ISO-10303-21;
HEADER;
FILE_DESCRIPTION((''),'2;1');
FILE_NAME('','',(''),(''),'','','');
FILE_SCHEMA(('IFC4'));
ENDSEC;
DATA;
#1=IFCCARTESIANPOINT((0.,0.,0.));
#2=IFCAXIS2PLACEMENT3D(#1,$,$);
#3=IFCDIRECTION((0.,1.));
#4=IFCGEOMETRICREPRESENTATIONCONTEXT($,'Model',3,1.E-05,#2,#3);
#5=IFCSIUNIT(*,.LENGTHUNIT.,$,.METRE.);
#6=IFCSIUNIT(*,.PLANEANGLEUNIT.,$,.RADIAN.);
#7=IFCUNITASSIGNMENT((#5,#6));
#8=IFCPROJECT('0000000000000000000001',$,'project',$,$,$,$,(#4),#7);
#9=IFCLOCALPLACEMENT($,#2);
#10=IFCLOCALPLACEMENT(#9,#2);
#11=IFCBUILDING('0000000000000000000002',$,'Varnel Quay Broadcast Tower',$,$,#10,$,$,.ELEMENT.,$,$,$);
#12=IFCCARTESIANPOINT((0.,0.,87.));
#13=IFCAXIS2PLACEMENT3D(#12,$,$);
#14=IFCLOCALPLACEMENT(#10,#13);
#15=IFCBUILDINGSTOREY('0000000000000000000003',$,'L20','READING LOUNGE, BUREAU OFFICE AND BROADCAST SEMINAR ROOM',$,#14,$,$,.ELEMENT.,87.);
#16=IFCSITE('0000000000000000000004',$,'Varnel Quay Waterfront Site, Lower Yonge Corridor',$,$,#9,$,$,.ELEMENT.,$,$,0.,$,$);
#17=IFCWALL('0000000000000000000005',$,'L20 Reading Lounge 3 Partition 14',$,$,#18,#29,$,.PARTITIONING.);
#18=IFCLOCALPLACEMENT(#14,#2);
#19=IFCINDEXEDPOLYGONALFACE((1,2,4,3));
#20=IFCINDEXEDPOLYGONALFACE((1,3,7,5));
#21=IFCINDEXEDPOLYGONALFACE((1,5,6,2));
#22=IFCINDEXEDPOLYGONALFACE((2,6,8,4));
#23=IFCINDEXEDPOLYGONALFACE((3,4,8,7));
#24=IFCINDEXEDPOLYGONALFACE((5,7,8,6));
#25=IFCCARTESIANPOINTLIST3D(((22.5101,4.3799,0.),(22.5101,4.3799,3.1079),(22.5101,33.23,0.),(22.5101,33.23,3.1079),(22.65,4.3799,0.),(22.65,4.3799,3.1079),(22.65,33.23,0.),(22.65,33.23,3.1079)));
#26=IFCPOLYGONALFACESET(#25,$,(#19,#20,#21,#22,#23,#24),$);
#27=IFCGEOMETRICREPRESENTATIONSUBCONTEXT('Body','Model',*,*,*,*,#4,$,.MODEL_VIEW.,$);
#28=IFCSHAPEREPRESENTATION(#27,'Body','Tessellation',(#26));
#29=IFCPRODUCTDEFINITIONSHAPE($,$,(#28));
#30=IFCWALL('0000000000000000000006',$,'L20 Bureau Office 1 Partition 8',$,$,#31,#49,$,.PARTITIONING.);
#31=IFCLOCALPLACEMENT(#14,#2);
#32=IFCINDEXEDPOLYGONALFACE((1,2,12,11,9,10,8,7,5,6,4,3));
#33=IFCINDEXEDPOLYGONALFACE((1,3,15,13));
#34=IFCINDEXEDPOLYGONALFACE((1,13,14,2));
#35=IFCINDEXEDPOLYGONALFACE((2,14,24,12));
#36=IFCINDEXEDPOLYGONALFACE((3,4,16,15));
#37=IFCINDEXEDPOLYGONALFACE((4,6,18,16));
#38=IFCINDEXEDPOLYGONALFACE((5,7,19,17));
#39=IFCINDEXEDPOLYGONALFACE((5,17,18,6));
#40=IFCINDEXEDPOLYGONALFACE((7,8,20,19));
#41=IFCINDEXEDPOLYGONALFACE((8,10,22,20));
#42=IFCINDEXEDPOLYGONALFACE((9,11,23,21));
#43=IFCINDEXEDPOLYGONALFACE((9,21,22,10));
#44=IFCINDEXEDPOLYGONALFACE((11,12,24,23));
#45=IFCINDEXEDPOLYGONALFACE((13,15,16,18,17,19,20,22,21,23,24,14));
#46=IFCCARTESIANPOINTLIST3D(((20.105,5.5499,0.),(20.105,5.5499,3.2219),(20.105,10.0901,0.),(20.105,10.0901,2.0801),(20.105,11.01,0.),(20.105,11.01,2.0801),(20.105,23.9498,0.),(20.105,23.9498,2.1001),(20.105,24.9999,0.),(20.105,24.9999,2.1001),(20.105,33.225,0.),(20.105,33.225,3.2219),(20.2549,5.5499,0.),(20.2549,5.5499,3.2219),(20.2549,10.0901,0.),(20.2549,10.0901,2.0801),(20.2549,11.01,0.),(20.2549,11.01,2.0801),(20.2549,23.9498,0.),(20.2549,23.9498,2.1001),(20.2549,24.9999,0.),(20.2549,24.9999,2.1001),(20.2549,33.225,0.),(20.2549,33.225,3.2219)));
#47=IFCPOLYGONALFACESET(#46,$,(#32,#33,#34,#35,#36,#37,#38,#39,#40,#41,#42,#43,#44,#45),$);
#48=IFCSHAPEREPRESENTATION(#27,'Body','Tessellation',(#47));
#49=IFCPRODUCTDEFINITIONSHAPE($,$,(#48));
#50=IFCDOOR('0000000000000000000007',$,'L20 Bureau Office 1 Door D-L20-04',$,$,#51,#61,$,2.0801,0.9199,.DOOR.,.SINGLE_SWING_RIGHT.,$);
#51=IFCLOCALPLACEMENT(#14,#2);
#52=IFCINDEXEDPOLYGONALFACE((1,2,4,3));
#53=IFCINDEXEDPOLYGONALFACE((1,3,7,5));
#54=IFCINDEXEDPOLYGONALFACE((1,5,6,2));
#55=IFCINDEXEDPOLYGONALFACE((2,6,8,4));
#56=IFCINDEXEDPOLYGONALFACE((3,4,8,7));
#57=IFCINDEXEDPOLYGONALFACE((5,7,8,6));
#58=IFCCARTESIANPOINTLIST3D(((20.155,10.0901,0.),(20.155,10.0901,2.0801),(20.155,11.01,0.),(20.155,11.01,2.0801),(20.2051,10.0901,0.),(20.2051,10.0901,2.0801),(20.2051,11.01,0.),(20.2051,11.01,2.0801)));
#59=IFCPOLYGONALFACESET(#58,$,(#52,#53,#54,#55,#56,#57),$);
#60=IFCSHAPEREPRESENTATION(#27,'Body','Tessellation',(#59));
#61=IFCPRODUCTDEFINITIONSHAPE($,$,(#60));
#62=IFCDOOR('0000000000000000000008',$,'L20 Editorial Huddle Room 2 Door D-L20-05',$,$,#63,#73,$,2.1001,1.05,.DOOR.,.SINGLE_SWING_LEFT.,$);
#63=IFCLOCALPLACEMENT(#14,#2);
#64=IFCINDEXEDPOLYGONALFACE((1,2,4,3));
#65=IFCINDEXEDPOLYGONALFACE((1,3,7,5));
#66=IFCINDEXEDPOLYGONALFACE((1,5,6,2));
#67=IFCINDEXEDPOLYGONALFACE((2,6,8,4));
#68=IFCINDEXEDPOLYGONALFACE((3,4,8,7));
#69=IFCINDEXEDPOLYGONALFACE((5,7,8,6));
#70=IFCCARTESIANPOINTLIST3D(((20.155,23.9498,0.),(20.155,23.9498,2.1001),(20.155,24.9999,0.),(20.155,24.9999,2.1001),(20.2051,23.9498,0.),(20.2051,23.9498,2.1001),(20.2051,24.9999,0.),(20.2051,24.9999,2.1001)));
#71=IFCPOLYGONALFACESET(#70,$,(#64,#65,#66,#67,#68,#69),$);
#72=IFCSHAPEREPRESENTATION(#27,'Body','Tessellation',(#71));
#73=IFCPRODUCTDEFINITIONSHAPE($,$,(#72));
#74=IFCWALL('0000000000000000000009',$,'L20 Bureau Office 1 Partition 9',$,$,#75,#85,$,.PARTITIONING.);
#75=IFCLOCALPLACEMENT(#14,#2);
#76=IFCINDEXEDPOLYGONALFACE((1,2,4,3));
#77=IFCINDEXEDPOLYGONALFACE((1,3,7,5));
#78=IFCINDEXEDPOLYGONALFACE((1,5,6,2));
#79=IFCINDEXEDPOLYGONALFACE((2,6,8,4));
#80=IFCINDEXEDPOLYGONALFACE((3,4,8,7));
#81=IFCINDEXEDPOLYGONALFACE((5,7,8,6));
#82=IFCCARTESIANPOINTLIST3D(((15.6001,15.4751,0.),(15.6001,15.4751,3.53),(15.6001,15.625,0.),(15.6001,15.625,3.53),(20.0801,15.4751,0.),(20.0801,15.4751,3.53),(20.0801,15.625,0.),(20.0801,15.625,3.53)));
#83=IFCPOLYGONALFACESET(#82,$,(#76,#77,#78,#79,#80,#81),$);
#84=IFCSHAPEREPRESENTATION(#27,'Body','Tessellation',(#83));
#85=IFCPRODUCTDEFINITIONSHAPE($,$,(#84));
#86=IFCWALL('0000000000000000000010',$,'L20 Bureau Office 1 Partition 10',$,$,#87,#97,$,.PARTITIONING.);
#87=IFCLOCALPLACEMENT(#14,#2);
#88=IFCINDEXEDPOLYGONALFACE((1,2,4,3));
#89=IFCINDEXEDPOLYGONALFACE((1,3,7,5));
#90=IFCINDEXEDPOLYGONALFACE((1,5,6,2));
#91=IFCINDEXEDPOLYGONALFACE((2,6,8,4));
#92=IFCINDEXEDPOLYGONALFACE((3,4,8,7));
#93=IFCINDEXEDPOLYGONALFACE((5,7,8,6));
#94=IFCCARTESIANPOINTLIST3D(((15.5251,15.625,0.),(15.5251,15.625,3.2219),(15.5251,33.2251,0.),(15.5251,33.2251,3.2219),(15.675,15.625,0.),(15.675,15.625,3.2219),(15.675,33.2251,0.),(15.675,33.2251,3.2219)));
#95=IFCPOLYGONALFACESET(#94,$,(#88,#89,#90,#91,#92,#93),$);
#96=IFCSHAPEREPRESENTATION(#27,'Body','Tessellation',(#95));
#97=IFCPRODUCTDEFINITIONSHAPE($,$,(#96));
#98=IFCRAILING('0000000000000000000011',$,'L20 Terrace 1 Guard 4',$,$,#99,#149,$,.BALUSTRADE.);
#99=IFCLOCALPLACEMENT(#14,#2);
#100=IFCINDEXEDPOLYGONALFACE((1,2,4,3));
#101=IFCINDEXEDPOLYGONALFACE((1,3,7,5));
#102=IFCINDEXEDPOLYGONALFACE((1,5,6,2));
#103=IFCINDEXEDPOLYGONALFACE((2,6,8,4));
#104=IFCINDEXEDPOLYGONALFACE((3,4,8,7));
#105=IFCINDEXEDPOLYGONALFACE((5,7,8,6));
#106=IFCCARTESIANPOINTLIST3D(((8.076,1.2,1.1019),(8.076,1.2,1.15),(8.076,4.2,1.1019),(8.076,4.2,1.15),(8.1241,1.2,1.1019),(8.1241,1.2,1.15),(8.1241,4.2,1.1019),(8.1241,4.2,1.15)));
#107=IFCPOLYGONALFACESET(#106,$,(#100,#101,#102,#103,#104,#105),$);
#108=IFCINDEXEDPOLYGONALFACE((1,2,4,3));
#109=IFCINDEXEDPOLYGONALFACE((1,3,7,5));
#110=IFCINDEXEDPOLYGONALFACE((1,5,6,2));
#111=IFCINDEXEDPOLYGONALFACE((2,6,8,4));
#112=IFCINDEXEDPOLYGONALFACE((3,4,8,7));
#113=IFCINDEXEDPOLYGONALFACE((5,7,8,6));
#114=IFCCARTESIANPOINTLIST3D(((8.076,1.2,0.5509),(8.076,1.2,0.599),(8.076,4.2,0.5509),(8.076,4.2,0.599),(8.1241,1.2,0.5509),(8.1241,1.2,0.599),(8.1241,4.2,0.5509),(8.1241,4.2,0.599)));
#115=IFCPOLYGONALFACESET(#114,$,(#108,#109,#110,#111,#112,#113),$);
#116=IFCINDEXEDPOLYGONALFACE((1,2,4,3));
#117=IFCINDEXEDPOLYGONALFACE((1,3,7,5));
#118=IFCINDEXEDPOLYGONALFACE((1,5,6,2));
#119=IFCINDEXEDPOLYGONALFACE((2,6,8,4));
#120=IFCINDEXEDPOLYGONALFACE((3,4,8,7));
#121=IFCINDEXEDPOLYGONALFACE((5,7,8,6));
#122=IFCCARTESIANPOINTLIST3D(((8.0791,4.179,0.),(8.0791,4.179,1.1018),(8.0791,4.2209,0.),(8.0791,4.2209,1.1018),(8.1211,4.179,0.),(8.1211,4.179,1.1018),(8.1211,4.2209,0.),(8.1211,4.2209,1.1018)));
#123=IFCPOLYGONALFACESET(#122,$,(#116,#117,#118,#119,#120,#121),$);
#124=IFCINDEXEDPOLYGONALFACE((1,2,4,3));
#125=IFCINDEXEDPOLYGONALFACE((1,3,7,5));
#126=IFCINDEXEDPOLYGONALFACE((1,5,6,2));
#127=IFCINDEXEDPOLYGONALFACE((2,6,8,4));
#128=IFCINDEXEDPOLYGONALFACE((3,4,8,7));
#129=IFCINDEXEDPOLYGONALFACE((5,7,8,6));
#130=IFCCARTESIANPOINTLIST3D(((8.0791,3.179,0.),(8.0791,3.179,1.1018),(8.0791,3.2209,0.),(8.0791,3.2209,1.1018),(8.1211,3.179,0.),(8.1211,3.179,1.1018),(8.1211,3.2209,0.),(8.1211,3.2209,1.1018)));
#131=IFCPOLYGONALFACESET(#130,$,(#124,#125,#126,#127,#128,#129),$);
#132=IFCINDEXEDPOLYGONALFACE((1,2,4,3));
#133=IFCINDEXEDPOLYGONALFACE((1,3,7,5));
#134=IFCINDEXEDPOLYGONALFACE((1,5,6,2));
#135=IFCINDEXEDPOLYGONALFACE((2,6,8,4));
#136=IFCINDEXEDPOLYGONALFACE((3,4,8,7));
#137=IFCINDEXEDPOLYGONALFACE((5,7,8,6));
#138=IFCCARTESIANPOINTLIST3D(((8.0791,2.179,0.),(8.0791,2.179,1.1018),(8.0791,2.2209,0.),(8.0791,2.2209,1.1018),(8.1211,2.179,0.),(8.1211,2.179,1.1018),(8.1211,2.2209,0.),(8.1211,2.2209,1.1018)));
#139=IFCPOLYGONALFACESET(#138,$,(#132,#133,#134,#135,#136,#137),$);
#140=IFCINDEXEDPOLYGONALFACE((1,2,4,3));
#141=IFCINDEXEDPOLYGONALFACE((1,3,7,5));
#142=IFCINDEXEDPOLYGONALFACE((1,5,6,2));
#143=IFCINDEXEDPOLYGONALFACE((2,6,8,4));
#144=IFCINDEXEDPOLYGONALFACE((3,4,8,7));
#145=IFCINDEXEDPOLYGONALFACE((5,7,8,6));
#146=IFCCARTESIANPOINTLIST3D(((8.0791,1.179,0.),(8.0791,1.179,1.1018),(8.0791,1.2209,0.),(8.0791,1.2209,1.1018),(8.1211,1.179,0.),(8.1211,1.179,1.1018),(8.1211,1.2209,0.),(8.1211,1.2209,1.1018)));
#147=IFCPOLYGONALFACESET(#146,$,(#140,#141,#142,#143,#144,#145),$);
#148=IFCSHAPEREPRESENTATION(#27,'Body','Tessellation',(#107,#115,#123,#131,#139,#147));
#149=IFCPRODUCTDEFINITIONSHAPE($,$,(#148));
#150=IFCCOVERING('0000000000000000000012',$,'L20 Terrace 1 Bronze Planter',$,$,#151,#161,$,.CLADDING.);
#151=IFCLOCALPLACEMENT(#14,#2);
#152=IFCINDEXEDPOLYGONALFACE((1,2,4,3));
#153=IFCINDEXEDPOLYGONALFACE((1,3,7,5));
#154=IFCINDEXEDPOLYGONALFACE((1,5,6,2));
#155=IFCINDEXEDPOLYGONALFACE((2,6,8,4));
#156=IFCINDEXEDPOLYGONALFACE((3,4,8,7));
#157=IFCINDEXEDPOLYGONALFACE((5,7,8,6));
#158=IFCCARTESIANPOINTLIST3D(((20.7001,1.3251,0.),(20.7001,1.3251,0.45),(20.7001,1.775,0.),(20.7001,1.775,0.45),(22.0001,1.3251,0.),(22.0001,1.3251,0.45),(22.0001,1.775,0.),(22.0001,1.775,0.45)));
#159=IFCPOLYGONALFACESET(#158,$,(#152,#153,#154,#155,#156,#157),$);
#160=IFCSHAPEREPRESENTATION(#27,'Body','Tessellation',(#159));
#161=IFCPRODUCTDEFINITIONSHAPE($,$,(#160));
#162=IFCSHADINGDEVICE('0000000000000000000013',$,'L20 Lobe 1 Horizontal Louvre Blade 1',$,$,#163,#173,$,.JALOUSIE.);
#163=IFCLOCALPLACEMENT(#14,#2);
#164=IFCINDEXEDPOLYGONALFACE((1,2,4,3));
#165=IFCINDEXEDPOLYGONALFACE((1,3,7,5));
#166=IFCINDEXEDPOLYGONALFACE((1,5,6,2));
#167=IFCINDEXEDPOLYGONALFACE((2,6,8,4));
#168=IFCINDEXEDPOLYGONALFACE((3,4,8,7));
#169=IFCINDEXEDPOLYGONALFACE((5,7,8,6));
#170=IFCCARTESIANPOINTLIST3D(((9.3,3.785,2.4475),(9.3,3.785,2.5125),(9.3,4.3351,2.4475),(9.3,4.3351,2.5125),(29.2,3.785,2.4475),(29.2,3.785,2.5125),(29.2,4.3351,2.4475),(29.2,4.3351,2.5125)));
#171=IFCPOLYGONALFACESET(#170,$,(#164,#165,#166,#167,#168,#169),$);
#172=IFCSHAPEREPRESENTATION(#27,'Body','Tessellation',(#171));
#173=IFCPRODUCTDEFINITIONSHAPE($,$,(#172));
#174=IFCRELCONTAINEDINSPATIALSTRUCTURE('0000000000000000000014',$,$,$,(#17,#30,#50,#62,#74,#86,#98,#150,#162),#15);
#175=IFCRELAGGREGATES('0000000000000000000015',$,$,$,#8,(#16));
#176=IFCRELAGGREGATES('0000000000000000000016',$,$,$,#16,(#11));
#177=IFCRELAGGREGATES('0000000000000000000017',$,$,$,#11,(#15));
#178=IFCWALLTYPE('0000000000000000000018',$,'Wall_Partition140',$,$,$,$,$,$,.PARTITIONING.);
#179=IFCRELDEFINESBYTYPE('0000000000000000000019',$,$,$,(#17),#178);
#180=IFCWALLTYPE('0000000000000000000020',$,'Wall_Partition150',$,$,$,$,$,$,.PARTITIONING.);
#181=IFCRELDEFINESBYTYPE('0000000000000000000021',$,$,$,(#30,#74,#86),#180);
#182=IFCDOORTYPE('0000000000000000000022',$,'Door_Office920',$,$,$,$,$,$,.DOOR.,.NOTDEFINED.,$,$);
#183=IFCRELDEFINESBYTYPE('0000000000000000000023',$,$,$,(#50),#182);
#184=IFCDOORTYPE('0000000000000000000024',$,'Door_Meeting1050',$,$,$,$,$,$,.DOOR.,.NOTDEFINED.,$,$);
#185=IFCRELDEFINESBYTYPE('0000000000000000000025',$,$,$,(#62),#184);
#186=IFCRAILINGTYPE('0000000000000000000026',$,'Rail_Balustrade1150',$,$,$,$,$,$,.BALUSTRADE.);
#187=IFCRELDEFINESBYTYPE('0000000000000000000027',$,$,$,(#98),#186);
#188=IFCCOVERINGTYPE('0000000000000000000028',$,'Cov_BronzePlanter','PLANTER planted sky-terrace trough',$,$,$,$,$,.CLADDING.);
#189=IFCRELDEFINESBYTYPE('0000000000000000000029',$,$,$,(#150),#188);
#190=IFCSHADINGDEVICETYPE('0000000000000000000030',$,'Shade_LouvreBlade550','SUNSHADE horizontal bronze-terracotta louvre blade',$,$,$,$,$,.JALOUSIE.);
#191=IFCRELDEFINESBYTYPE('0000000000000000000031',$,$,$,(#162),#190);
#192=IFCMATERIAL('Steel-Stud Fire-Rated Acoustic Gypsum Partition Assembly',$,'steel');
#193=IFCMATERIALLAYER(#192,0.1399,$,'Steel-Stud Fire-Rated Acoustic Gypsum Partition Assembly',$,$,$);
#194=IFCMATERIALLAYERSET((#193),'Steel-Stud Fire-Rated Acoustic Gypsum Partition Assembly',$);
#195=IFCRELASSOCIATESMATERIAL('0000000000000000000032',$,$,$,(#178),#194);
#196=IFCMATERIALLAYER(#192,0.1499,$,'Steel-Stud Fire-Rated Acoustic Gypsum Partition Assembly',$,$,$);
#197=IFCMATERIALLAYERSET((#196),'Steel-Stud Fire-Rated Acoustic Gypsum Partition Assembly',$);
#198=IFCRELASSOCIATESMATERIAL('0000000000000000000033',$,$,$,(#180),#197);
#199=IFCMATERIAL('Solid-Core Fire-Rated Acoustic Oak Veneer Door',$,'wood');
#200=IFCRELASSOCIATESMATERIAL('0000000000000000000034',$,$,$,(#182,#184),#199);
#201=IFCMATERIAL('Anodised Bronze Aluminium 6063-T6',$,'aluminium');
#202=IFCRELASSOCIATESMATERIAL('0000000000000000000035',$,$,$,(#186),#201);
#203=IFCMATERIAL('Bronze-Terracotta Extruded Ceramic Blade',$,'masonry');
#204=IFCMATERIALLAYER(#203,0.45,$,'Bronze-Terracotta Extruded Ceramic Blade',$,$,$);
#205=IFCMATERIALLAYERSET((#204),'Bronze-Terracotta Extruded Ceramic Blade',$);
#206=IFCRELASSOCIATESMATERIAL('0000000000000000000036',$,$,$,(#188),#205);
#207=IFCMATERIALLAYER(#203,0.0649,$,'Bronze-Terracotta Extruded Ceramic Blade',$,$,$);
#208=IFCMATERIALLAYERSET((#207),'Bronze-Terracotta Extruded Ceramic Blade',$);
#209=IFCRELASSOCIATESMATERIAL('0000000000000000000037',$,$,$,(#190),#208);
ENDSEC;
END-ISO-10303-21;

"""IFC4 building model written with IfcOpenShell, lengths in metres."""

from ifc_helpers import new_model, si_unit, direction, frame, frame_2d, origin, origin_2d, place, context, subcontext, project, spatial, rectangle, extrude, source, transform, mapped, material, layer, layer_set, type_object, type_shapes, element, fill, save


model = new_model("IFC4")

# Units and contexts
model_context = context("Model", 3, precision=1e-05, world=origin(), true_north=direction((0.0, 1.0)))
body_context = subcontext(model_context, "Body", "Model", "MODEL_VIEW")
ifc_project = project(units=[si_unit("LENGTHUNIT", "METRE"), si_unit("PLANEANGLEUNIT", "RADIAN")], contexts=[model_context])

# Site, building, storey
site_placement = place(None, origin())
site = spatial("IfcSite", under=ifc_project, at=site_placement, Name="Varnel Quay Waterfront Site, Lower Yonge Corridor", CompositionType="ELEMENT", RefElevation=0.0)
building_placement = place(site_placement, origin())
building = spatial("IfcBuilding", under=site, at=building_placement, Name="Varnel Quay Broadcast Tower", CompositionType="ELEMENT")
storey_placement = place(building_placement, frame((0.0, 0.0, 87.0)))
storey = spatial("IfcBuildingStorey", under=building, at=storey_placement, Name="L20", Description="READING LOUNGE, BUREAU OFFICE AND BROADCAST SEMINAR ROOM", CompositionType="ELEMENT", Elevation=87.0)

# Shared definitions
ifc_material_1 = material(Name="Anodised Bronze Aluminium 6063-T6", Category="aluminium")

# Wall
ifc_material_2 = material(Name="Steel-Stud Fire-Rated Acoustic Gypsum Partition Assembly", Category="steel")
ifc_layer_1 = layer(ifc_material_2, 0.1399, Name="Steel-Stud Fire-Rated Acoustic Gypsum Partition Assembly")
ifc_layer_set_1 = layer_set([ifc_layer_1], Name="Steel-Stud Fire-Rated Acoustic Gypsum Partition Assembly")
wall_type_1 = type_object("IfcWallType", Name="Wall_Partition140", PredefinedType="PARTITIONING", material=ifc_layer_set_1)
wall_1_placement = place(storey_placement, frame((22.5801, 4.3799, 0.0), z_axis=(0.0, 0.0, 1.0), x_axis=(0.0, 1.0, 0.0)))
element("IfcWall", 1, at=wall_1_placement, inside=storey, type_object=wall_type_1, Name="L20 Reading Lounge 3 Partition 14", PredefinedType="PARTITIONING", context=body_context, shape_type="SweptSolid", body=[
    extrude(rectangle(XDim=28.8501, YDim=0.1399, at=frame_2d((14.425, 0.0))), origin(), (0.0, 0.0, 1.0), 3.1079),
])

# Wall, openings, doors
ifc_layer_2 = layer(ifc_material_2, 0.1499, Name="Steel-Stud Fire-Rated Acoustic Gypsum Partition Assembly")
ifc_layer_set_2 = layer_set([ifc_layer_2], Name="Steel-Stud Fire-Rated Acoustic Gypsum Partition Assembly")
wall_type_2 = type_object("IfcWallType", Name="Wall_Partition150", PredefinedType="PARTITIONING", material=ifc_layer_set_2)
wall_2_placement = place(storey_placement, frame((20.1799, 5.55, 0.0), z_axis=(0.0, 0.0, 1.0), x_axis=(0.0, 1.0, 0.0)))
wall_2 = element("IfcWall", 2, at=wall_2_placement, inside=storey, type_object=wall_type_2, Name="L20 Bureau Office 1 Partition 8", PredefinedType="PARTITIONING", context=body_context, shape_type="SweptSolid", body=[
    extrude(rectangle(XDim=27.675, YDim=0.1499, at=frame_2d((13.8374, 0.0))), origin(), (0.0, 0.0, 1.0), 3.2219),
])
opening_1_placement = place(wall_2_placement, frame((4.54, 0.0, 0.0)))
opening_1 = element("IfcOpeningElement", 3, at=opening_1_placement, cuts=wall_2, PredefinedType="OPENING", context=body_context, shape_type="SweptSolid", body=[
    extrude(rectangle(XDim=0.9199, YDim=2.0801, at=frame_2d((0.46, 1.04))), frame((0.0, 0.085, 0.0), z_axis=(0.0, -1.0, 0.0), x_axis=(1.0, 0.0, 0.0)), (0.0, 0.0, 1.0), 0.1699),
])
opening_2_placement = place(wall_2_placement, frame((18.3999, 0.0, 0.0)))
opening_2 = element("IfcOpeningElement", 4, at=opening_2_placement, cuts=wall_2, PredefinedType="OPENING", context=body_context, shape_type="SweptSolid", body=[
    extrude(rectangle(XDim=1.05, YDim=2.1001, at=frame_2d((0.5249, 1.05))), frame((0.0, 0.085, 0.0), z_axis=(0.0, -1.0, 0.0), x_axis=(1.0, 0.0, 0.0)), (0.0, 0.0, 1.0), 0.1699),
])
ifc_material_3 = material(Name="Solid-Core Fire-Rated Acoustic Oak Veneer Door", Category="wood")
door_type_1 = type_object("IfcDoorType", Name="Door_Office920", OperationType="NOTDEFINED", PredefinedType="DOOR", material=ifc_material_3)
shared_shape_1 = source(origin(), body_context, "Body", "SweptSolid", [
    extrude(rectangle(XDim=0.9199, YDim=2.0801, at=frame_2d((0.46, 1.04))), frame((0.0, 0.0249, 0.0), z_axis=(0.0, -1.0, 0.0), x_axis=(1.0, 0.0, 0.0)), (0.0, 0.0, 1.0), 0.05),
])
type_shapes(door_type_1, [shared_shape_1])
door_1_placement = place(opening_1_placement, origin())
door_1 = element("IfcDoor", 5, at=door_1_placement, inside=storey, type_object=door_type_1, Name="L20 Bureau Office 1 Door D-L20-04", OperationType="SINGLE_SWING_RIGHT", OverallHeight=2.0801, OverallWidth=0.9199, PredefinedType="DOOR", context=body_context, shape_type="MappedRepresentation", body=[
    mapped(shared_shape_1, transform((0.0, 0.0, 0.0), x_axis=(1.0, 0.0, 0.0), y_axis=(0.0, 1.0, 0.0), z_axis=(0.0, 0.0, 1.0), scale=1.0)),
])
fill(opening_1, door_1)
door_type_2 = type_object("IfcDoorType", Name="Door_Meeting1050", OperationType="NOTDEFINED", PredefinedType="DOOR", material=ifc_material_3)
shared_shape_2 = source(origin(), body_context, "Body", "SweptSolid", [
    extrude(rectangle(XDim=1.05, YDim=2.1001, at=frame_2d((0.5249, 1.05))), frame((0.0, 0.0249, 0.0), z_axis=(0.0, -1.0, 0.0), x_axis=(1.0, 0.0, 0.0)), (0.0, 0.0, 1.0), 0.05),
])
type_shapes(door_type_2, [shared_shape_2])
door_2_placement = place(opening_2_placement, origin())
door_2 = element("IfcDoor", 6, at=door_2_placement, inside=storey, type_object=door_type_2, Name="L20 Editorial Huddle Room 2 Door D-L20-05", OperationType="SINGLE_SWING_LEFT", OverallHeight=2.1001, OverallWidth=1.05, PredefinedType="DOOR", context=body_context, shape_type="MappedRepresentation", body=[
    mapped(shared_shape_2, transform((0.0, 0.0, 0.0), x_axis=(1.0, 0.0, 0.0), y_axis=(0.0, 1.0, 0.0), z_axis=(0.0, 0.0, 1.0), scale=1.0)),
])
fill(opening_2, door_2)

# Walls
wall_3_placement = place(storey_placement, frame((15.6001, 15.55, 0.0), z_axis=(0.0, 0.0, 1.0), x_axis=(1.0, 0.0, 0.0)))
element("IfcWall", 7, at=wall_3_placement, inside=storey, type_object=wall_type_2, Name="L20 Bureau Office 1 Partition 9", PredefinedType="PARTITIONING", context=body_context, shape_type="SweptSolid", body=[
    extrude(rectangle(XDim=4.48, YDim=0.1499, at=frame_2d((2.24, 0.0))), origin(), (0.0, 0.0, 1.0), 3.53),
])
wall_4_placement = place(storey_placement, frame((15.6001, 15.625, 0.0), z_axis=(0.0, 0.0, 1.0), x_axis=(0.0, 1.0, 0.0)))
element("IfcWall", 8, at=wall_4_placement, inside=storey, type_object=wall_type_2, Name="L20 Bureau Office 1 Partition 10", PredefinedType="PARTITIONING", context=body_context, shape_type="SweptSolid", body=[
    extrude(rectangle(XDim=17.6001, YDim=0.1499, at=frame_2d((8.8, 0.0))), origin(), (0.0, 0.0, 1.0), 3.2219),
])

# Railing
railing_type = type_object("IfcRailingType", Name="Rail_Balustrade1150", PredefinedType="BALUSTRADE", material=ifc_material_1)
railing_1_placement = place(storey_placement, frame((8.1001, 4.2, 0.0)))
element("IfcRailing", 9, at=railing_1_placement, inside=storey, type_object=railing_type, Name="L20 Terrace 1 Guard 4", PredefinedType="BALUSTRADE", context=body_context, shape_type="SweptSolid", body=[
    extrude(rectangle(XDim=0.0481, YDim=0.0481, at=origin_2d()), frame((0.0, 0.0, 1.126), z_axis=(0.0, -1.0, 0.0), x_axis=(1.0, 0.0, 0.0)), (0.0, 0.0, 1.0), 3.0),
    extrude(rectangle(XDim=0.0481, YDim=0.0481, at=origin_2d()), frame((0.0, 0.0, 0.575), z_axis=(0.0, -1.0, 0.0), x_axis=(1.0, 0.0, 0.0)), (0.0, 0.0, 1.0), 3.0),
    extrude(rectangle(XDim=0.042, YDim=0.042, at=origin_2d()), origin(), (0.0, 0.0, 1.0), 1.1018),
    extrude(rectangle(XDim=0.042, YDim=0.042, at=origin_2d()), frame((0.0, -1.0, 0.0)), (0.0, 0.0, 1.0), 1.1018),
    extrude(rectangle(XDim=0.042, YDim=0.042, at=origin_2d()), frame((0.0, -2.0, 0.0)), (0.0, 0.0, 1.0), 1.1018),
    extrude(rectangle(XDim=0.042, YDim=0.042, at=origin_2d()), frame((0.0, -3.0, 0.0)), (0.0, 0.0, 1.0), 1.1018),
])

# Covering
ifc_material_4 = material(Name="Bronze-Terracotta Extruded Ceramic Blade", Category="masonry")
ifc_layer_3 = layer(ifc_material_4, 0.45, Name="Bronze-Terracotta Extruded Ceramic Blade")
ifc_layer_set_3 = layer_set([ifc_layer_3], Name="Bronze-Terracotta Extruded Ceramic Blade")
covering_type = type_object("IfcCoveringType", Name="Cov_BronzePlanter", Description="PLANTER planted sky-terrace trough", PredefinedType="CLADDING", material=ifc_layer_set_3)
shared_shape_3 = source(origin(), body_context, "Body", "SweptSolid", [
    extrude(rectangle(XDim=1.3, YDim=0.45, at=origin_2d()), origin(), (0.0, 0.0, 1.0), 0.45),
])
type_shapes(covering_type, [shared_shape_3])
covering_placement = place(storey_placement, frame((21.3501, 1.55, 0.0), z_axis=(0.0, 0.0, 1.0), x_axis=(1.0, 0.0, 0.0)))
element("IfcCovering", 10, at=covering_placement, inside=storey, type_object=covering_type, Name="L20 Terrace 1 Bronze Planter", PredefinedType="CLADDING", context=body_context, shape_type="MappedRepresentation", body=[
    mapped(shared_shape_3, transform((0.0, 0.0, 0.0), x_axis=(1.0, 0.0, 0.0), y_axis=(0.0, 1.0, 0.0), z_axis=(0.0, 0.0, 1.0), scale=1.0)),
])

# Shading device
ifc_layer_4 = layer(ifc_material_4, 0.0649, Name="Bronze-Terracotta Extruded Ceramic Blade")
ifc_layer_set_4 = layer_set([ifc_layer_4], Name="Bronze-Terracotta Extruded Ceramic Blade")
shading_device_type = type_object("IfcShadingDeviceType", Name="Shade_LouvreBlade550", Description="SUNSHADE horizontal bronze-terracotta louvre blade", PredefinedType="JALOUSIE", material=ifc_layer_set_4)
shared_shape_4 = source(origin(), body_context, "Body", "SweptSolid", [
    extrude(rectangle(XDim=19.8999, YDim=0.55, at=origin_2d()), origin(), (0.0, 0.0, 1.0), 0.0649),
])
type_shapes(shading_device_type, [shared_shape_4])
for number, where, z_axis, x_axis, name in (
    (11, (19.25, 4.0601, 2.4475), (0.0, 0.0, 1.0), (1.0, 0.0, 0.0), "L20 Lobe 1 Horizontal Louvre Blade 1"),
):
    element("IfcShadingDevice", number, at=place(storey_placement, frame(where, z_axis=z_axis, x_axis=x_axis)), inside=storey, type_object=shading_device_type, Name=name, PredefinedType="JALOUSIE", context=body_context, shape_type="MappedRepresentation", body=[
        mapped(shared_shape_4, transform((0.0, 0.0, 0.0), x_axis=(1.0, 0.0, 0.0), y_axis=(0.0, 1.0, 0.0), z_axis=(0.0, 0.0, 1.0), scale=1.0)),
    ])

save(model, "model.ifc")
